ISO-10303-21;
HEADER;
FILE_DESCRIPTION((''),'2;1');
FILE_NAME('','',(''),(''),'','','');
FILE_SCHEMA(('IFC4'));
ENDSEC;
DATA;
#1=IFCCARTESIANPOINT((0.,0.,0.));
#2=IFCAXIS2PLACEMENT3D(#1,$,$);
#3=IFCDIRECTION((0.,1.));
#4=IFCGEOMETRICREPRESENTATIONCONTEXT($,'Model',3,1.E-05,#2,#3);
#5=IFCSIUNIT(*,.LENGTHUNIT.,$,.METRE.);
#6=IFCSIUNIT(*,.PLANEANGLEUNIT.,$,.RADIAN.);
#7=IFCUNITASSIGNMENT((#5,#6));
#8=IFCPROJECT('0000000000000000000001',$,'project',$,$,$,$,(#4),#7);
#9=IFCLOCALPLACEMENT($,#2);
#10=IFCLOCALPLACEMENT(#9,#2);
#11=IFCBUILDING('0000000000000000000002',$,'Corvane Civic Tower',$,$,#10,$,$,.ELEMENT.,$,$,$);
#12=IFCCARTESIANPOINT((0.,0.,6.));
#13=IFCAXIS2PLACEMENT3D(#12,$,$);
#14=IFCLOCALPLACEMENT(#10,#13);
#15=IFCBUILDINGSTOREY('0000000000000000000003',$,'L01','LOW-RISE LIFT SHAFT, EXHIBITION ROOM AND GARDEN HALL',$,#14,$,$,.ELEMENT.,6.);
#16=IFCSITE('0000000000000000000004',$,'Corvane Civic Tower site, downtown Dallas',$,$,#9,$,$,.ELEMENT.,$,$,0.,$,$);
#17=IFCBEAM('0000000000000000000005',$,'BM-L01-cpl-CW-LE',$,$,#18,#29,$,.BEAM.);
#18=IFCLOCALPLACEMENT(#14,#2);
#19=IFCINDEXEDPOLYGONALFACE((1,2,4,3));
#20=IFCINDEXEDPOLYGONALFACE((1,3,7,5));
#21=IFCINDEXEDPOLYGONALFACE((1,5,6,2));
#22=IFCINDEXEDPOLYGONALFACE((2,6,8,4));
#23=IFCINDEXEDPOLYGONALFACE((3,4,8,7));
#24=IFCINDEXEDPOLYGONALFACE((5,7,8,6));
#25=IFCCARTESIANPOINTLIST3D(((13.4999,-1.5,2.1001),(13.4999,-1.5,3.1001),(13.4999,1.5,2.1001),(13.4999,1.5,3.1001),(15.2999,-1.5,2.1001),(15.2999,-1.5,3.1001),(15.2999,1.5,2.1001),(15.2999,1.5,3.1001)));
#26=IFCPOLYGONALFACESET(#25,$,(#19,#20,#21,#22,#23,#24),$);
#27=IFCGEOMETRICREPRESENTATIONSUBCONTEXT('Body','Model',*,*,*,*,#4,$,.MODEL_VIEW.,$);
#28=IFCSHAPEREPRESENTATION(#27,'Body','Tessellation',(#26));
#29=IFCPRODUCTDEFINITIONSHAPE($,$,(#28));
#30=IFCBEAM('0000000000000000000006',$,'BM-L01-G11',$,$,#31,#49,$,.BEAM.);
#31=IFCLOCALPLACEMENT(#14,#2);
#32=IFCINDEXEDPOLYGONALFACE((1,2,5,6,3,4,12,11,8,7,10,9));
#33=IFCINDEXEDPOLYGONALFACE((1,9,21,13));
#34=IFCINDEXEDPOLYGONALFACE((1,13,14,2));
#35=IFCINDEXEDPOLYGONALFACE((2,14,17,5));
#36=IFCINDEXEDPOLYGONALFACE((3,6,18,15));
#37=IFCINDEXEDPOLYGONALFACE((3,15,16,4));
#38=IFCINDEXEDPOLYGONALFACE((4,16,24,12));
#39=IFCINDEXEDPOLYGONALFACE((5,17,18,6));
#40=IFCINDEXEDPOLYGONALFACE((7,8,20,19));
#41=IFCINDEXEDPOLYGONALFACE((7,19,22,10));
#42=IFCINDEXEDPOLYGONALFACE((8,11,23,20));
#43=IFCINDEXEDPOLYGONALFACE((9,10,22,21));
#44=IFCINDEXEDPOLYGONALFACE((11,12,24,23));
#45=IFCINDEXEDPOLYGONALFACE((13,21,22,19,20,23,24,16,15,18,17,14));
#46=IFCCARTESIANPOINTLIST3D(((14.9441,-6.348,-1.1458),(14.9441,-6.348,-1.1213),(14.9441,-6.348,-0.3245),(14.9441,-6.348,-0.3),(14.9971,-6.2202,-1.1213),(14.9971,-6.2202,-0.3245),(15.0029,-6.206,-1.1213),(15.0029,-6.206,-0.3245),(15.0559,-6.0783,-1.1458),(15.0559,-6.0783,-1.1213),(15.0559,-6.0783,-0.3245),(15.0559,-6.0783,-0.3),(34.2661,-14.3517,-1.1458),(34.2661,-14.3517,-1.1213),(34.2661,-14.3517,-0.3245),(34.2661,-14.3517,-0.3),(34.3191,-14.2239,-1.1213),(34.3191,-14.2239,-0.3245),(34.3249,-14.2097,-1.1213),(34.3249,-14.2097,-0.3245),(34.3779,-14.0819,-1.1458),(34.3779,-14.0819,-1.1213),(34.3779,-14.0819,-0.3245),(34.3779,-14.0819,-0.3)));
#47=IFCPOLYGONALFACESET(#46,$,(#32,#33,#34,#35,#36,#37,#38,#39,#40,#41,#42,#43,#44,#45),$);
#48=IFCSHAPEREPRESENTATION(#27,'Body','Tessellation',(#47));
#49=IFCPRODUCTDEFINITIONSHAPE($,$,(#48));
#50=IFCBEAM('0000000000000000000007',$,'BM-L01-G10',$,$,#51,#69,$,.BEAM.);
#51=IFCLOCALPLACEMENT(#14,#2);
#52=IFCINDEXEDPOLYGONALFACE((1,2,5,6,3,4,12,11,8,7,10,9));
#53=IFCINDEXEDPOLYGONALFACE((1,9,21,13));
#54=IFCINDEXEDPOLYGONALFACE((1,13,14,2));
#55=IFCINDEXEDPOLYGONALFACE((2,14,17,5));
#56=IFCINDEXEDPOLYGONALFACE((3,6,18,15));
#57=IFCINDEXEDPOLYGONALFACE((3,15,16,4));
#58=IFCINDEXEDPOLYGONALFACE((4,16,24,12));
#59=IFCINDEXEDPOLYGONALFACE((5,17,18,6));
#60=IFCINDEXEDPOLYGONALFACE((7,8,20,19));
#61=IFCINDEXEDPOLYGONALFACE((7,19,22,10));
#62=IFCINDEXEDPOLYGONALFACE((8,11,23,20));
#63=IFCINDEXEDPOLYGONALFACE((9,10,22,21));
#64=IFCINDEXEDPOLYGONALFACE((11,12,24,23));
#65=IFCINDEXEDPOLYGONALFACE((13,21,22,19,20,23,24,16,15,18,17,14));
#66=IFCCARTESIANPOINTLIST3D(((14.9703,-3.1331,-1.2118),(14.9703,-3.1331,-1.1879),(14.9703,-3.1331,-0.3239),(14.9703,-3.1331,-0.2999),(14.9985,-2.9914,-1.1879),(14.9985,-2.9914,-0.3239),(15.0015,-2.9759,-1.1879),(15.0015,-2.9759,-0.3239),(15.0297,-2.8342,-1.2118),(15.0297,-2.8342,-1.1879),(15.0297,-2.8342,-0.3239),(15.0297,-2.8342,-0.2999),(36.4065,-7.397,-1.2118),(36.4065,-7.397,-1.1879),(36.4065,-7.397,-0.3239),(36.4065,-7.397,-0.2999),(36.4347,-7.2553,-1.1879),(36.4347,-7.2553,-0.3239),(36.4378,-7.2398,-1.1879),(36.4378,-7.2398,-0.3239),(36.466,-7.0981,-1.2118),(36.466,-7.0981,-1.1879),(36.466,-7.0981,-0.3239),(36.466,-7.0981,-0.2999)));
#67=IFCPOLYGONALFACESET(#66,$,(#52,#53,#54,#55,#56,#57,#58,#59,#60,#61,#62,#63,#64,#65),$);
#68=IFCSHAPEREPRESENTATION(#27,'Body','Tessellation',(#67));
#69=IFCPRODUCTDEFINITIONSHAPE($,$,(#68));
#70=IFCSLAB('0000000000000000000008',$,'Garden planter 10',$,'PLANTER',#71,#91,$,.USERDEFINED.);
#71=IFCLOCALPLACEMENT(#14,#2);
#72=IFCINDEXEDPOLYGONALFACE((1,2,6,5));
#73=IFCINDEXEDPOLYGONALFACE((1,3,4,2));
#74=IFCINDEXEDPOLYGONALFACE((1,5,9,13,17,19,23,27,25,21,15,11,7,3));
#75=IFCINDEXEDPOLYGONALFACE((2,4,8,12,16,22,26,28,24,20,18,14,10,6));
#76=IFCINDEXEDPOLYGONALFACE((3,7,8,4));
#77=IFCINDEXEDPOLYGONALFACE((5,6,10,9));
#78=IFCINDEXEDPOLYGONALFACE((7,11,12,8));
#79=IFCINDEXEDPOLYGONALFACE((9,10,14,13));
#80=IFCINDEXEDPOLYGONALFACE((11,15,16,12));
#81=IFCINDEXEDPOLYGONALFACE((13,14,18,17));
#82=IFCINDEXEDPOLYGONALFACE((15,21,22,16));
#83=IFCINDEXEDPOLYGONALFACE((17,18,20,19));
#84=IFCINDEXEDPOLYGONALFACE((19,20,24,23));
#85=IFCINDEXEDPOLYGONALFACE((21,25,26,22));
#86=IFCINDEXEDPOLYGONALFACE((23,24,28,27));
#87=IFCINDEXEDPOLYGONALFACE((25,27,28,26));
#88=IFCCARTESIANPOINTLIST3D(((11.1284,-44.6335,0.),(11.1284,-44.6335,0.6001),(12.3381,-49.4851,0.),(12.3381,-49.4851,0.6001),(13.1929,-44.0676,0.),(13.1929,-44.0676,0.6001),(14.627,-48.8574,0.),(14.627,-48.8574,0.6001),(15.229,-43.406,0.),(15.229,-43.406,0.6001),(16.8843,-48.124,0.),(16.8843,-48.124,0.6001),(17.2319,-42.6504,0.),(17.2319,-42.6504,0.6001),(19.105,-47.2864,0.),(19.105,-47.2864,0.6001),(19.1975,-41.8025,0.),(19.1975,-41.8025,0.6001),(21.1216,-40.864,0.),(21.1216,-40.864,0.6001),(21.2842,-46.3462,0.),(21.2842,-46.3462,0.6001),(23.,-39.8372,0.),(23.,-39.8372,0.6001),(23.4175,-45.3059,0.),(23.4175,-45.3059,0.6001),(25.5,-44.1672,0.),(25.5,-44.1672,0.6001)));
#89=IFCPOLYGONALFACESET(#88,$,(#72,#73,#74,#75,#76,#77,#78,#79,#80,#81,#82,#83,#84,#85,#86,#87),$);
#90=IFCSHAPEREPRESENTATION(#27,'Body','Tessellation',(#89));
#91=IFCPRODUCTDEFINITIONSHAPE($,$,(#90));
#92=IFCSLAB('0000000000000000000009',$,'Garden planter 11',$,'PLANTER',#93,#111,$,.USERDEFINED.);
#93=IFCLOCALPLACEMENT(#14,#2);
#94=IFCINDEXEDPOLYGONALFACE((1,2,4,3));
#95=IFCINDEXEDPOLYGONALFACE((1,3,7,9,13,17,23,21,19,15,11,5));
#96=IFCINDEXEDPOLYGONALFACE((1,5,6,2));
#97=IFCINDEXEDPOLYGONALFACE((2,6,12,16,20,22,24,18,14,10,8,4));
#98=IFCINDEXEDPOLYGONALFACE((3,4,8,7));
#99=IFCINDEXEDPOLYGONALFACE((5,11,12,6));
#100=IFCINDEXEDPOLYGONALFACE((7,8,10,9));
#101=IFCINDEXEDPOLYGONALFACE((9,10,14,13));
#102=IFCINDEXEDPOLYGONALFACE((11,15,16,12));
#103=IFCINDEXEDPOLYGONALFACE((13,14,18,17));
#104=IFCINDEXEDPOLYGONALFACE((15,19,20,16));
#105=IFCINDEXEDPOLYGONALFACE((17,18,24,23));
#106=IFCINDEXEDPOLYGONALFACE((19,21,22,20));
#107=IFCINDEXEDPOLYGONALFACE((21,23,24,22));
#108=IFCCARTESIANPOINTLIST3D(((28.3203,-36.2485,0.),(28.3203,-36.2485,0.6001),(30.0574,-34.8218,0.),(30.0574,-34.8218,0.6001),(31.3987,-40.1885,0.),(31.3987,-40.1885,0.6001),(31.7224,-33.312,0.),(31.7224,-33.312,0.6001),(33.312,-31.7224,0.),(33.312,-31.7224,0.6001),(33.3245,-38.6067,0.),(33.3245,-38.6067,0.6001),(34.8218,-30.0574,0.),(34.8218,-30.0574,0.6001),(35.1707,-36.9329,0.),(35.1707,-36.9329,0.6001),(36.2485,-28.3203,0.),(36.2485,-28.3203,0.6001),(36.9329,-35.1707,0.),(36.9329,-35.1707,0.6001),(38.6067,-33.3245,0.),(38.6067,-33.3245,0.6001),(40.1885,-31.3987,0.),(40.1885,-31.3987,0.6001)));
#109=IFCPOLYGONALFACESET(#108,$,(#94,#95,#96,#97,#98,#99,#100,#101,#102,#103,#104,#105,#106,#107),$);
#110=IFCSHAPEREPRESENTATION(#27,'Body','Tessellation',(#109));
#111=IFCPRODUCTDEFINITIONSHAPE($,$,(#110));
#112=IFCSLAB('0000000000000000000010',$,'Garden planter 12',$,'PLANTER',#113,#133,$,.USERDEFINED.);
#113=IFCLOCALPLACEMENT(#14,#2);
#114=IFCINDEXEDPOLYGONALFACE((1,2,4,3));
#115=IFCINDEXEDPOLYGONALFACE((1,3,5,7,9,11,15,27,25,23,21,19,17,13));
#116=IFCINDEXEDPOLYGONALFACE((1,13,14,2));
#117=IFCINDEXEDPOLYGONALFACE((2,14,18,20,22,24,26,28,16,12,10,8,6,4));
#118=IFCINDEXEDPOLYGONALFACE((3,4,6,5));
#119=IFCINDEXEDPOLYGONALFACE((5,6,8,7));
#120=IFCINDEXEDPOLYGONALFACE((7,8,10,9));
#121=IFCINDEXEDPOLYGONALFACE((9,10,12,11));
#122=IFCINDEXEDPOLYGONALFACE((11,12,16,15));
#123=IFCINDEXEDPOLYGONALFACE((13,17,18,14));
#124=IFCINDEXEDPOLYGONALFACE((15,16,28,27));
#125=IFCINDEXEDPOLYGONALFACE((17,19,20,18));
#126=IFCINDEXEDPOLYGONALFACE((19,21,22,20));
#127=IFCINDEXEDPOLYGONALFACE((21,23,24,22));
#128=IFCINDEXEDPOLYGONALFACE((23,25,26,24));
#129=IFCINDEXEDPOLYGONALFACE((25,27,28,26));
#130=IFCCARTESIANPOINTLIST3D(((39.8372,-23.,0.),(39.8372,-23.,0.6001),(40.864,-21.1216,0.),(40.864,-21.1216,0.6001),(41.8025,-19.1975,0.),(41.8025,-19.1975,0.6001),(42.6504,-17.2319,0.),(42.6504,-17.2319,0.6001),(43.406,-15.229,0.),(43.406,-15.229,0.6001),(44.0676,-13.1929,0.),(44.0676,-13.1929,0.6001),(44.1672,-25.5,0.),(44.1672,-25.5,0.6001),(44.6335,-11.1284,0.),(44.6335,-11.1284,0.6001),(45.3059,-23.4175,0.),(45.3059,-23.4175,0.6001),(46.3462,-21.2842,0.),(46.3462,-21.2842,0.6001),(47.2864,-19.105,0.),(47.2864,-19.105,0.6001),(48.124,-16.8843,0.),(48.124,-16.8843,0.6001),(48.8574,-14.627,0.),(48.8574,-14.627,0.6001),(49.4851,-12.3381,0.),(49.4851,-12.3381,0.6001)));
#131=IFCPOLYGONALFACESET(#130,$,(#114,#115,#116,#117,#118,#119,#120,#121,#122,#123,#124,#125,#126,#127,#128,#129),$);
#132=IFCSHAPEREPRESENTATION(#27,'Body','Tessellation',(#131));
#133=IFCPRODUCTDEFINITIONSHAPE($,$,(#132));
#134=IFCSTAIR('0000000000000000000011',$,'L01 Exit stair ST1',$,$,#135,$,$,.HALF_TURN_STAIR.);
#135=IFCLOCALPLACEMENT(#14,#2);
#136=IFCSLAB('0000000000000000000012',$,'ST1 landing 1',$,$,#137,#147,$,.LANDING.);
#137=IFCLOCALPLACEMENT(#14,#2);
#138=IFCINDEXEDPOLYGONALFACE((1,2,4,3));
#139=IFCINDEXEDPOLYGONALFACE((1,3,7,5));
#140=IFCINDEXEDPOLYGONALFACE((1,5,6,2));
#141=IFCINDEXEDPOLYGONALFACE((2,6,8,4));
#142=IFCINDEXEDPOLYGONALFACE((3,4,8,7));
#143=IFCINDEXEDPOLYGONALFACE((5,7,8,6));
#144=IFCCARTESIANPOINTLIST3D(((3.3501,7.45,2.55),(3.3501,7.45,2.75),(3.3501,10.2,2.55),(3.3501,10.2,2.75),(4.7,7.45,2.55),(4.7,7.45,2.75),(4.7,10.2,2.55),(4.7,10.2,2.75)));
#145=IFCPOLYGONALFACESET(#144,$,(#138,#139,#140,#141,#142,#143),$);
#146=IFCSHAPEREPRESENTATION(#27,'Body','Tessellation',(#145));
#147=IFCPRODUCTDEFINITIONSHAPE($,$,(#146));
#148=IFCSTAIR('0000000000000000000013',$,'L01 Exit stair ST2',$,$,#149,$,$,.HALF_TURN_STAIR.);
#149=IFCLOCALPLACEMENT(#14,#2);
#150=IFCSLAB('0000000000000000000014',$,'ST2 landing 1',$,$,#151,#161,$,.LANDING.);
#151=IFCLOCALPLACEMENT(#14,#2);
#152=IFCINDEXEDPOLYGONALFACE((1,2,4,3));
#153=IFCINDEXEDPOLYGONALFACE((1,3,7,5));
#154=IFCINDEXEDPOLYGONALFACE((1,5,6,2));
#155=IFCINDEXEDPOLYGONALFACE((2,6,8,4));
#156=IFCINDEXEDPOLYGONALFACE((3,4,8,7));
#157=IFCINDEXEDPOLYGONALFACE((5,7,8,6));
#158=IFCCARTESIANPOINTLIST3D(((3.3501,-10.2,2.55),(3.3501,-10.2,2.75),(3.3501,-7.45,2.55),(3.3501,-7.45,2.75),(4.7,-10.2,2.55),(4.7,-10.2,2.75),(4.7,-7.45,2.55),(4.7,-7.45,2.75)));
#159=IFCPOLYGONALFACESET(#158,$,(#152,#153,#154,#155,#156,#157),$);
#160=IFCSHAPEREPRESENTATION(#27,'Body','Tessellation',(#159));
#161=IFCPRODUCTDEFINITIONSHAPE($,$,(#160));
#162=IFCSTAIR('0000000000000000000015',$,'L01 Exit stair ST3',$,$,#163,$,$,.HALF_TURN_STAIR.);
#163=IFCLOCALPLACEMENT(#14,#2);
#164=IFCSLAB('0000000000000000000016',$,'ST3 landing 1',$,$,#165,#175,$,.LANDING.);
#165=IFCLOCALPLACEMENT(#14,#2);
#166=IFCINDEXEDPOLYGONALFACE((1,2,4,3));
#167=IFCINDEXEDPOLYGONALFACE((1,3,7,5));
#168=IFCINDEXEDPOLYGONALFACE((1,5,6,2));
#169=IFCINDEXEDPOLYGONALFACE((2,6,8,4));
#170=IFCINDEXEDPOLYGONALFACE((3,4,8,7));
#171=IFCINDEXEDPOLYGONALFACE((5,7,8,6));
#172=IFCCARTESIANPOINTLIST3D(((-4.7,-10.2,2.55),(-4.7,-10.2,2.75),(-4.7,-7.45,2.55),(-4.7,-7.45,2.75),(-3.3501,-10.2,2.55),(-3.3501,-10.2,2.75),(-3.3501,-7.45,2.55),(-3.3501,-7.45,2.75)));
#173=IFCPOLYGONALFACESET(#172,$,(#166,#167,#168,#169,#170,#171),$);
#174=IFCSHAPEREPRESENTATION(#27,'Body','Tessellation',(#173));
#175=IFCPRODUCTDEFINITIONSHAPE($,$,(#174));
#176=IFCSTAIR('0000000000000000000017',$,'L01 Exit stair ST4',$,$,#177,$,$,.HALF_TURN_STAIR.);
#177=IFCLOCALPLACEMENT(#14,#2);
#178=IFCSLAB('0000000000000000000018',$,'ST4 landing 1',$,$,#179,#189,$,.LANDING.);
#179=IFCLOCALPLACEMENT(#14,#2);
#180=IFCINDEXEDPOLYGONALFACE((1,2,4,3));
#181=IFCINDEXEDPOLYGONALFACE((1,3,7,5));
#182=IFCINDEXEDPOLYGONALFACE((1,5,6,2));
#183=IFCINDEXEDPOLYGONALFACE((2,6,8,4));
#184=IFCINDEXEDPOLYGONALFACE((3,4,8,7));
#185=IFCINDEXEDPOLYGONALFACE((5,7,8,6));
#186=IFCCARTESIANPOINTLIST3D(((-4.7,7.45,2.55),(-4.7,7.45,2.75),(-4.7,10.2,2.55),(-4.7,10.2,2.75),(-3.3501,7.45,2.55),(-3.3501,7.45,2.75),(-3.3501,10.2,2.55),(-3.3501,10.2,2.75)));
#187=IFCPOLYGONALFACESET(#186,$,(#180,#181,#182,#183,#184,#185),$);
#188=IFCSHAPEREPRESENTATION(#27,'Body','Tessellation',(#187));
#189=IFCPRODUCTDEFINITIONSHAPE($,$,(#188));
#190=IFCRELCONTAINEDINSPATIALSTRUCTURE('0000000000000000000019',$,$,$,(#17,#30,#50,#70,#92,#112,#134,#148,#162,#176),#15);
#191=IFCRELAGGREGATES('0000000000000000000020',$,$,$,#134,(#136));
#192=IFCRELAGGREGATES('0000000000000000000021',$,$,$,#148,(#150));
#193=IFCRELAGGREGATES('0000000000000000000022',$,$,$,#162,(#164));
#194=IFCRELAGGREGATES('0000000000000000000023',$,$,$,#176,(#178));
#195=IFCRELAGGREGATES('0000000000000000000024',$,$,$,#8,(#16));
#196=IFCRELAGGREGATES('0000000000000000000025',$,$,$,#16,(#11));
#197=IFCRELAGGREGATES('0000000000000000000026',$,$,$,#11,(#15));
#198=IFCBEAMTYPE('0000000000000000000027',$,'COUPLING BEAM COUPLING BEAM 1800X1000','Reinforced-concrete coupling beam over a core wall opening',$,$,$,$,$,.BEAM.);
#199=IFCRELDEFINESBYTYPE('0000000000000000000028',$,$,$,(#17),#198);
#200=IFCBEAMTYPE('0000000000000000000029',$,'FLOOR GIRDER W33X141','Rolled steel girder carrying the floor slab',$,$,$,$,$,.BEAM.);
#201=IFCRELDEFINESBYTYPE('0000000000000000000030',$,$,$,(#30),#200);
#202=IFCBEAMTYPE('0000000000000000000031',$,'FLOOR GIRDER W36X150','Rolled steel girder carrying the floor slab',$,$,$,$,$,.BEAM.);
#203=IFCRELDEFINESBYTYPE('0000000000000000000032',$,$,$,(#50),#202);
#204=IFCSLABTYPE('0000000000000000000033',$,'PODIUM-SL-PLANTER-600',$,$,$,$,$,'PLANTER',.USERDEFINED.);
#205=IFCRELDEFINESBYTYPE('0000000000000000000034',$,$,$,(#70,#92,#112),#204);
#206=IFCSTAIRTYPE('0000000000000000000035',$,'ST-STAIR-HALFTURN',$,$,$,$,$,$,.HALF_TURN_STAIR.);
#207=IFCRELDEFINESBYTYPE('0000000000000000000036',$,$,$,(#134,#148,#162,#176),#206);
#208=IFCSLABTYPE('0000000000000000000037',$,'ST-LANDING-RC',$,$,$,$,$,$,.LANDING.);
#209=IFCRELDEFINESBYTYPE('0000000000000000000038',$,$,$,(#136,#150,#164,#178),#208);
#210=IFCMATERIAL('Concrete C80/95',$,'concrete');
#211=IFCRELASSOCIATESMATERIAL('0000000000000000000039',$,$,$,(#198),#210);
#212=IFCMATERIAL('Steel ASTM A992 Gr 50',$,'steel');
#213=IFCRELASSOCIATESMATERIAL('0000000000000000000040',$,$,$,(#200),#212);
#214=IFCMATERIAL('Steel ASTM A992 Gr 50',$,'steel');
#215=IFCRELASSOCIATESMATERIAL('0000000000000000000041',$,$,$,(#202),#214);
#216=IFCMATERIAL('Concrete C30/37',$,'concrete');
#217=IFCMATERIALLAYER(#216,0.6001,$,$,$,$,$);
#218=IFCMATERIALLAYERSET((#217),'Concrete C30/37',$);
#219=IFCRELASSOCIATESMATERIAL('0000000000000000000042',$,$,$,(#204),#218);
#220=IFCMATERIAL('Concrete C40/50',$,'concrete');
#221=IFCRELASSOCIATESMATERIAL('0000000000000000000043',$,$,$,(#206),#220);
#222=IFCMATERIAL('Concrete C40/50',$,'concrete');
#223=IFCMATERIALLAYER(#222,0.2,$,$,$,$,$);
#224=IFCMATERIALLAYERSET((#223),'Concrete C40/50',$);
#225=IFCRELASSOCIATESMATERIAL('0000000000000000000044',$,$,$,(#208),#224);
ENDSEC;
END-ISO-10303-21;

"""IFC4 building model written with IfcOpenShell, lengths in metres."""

from ifc_helpers import new_model, si_unit, direction, frame, origin, origin_2d, place, context, subcontext, project, spatial, polyline, rectangle, i_section, outline, extrude, material, layer, layer_set, material_profile, profile_set, type_object, element, aggregate, save


model = new_model("IFC4")

# Units and contexts
model_context = context("Model", 3, precision=1e-05, world=origin(), true_north=direction((0.0, 1.0)))
body_context = subcontext(model_context, "Body", "Model", "MODEL_VIEW")
ifc_project = project(units=[si_unit("LENGTHUNIT", "METRE"), si_unit("PLANEANGLEUNIT", "RADIAN")], contexts=[model_context])

# Site, building, storey
site_placement = place(None, origin())
site = spatial("IfcSite", under=ifc_project, at=site_placement, Name="Corvane Civic Tower site, downtown Dallas", CompositionType="ELEMENT", RefElevation=0.0)
building_placement = place(site_placement, origin())
building = spatial("IfcBuilding", under=site, at=building_placement, Name="Corvane Civic Tower", CompositionType="ELEMENT")
storey_placement = place(building_placement, frame((0.0, 0.0, 6.0)))
storey = spatial("IfcBuildingStorey", under=building, at=storey_placement, Name="L01", Description="LOW-RISE LIFT SHAFT, EXHIBITION ROOM AND GARDEN HALL", CompositionType="ELEMENT", Elevation=6.0)

# Beams
ifc_material_1 = material(Name="Concrete C80/95", Category="concrete")
ifc_material_profile_1 = material_profile(ifc_material_1, rectangle(XDim=1.8, YDim=1.0, at=origin_2d()), Name="COUPLING BEAM 1800X1000")
ifc_profile_set_1 = profile_set([ifc_material_profile_1], Name="Concrete C80/95")
beam_type_1 = type_object("IfcBeamType", Name="COUPLING BEAM COUPLING BEAM 1800X1000", Description="Reinforced-concrete coupling beam over a core wall opening", PredefinedType="BEAM", material=ifc_profile_set_1)
beam_1_placement = place(storey_placement, frame((14.3999, -1.5, 2.6001), z_axis=(0.0, 1.0, 0.0), x_axis=(-1.0, 0.0, 0.0)))
element("IfcBeam", 1, at=beam_1_placement, inside=storey, type_object=beam_type_1, Name="BM-L01-cpl-CW-LE", PredefinedType="BEAM", context=body_context, shape_type="SweptSolid", body=[
    extrude(rectangle(XDim=1.8, YDim=1.0, at=origin_2d()), origin(), (0.0, 0.0, 1.0), 3.0),
])
ifc_material_2 = material(Name="Steel ASTM A992 Gr 50", Category="steel")
ifc_material_profile_2 = material_profile(ifc_material_2, i_section(OverallWidth=0.292, OverallDepth=0.8457, WebThickness=0.0154, FlangeThickness=0.0244, at=origin_2d()), Name="W33X141")
ifc_profile_set_2 = profile_set([ifc_material_profile_2], Name="Steel ASTM A992 Gr 50")
beam_type_2 = type_object("IfcBeamType", Name="FLOOR GIRDER W33X141", Description="Rolled steel girder carrying the floor slab", PredefinedType="BEAM", material=ifc_profile_set_2)
beam_2_placement = place(storey_placement, frame((15.0, -6.2131, -0.7229), z_axis=(0.923876, -0.382692, 0.0), x_axis=(0.382692, 0.923876, 0.0)))
element("IfcBeam", 2, at=beam_2_placement, inside=storey, type_object=beam_type_2, Name="BM-L01-G11", PredefinedType="BEAM", context=body_context, shape_type="SweptSolid", body=[
    extrude(i_section(OverallWidth=0.292, OverallDepth=0.8457, WebThickness=0.0154, FlangeThickness=0.0244, at=origin_2d()), origin(), (0.0, 0.0, 1.0), 20.9141),
])
ifc_material_3 = material(Name="Steel ASTM A992 Gr 50", Category="steel")
ifc_material_profile_3 = material_profile(ifc_material_3, i_section(OverallWidth=0.3047, OverallDepth=0.9119, WebThickness=0.0159, FlangeThickness=0.0239, at=origin_2d()), Name="W36X150")
ifc_profile_set_3 = profile_set([ifc_material_profile_3], Name="Steel ASTM A992 Gr 50")
beam_type_3 = type_object("IfcBeamType", Name="FLOOR GIRDER W36X150", Description="Rolled steel girder carrying the floor slab", PredefinedType="BEAM", material=ifc_profile_set_3)
beam_3_placement = place(storey_placement, frame((15.0, -2.9836, -0.7559), z_axis=(0.980785, -0.195089, 0.0), x_axis=(0.195089, 0.980785, 0.0)))
element("IfcBeam", 3, at=beam_3_placement, inside=storey, type_object=beam_type_3, Name="BM-L01-G10", PredefinedType="BEAM", context=body_context, shape_type="SweptSolid", body=[
    extrude(i_section(OverallWidth=0.3047, OverallDepth=0.9119, WebThickness=0.0159, FlangeThickness=0.0239, at=origin_2d()), origin(), (0.0, 0.0, 1.0), 21.8562),
])

# Slabs
ifc_material_4 = material(Name="Concrete C30/37", Category="concrete")
ifc_layer_1 = layer(ifc_material_4, 0.6001)
ifc_layer_set_1 = layer_set([ifc_layer_1], Name="Concrete C30/37")
slab_type_1 = type_object("IfcSlabType", Name="PODIUM-SL-PLANTER-600", ElementType="PLANTER", PredefinedType="USERDEFINED", material=ifc_layer_set_1)
slab_1_placement = place(storey_placement, origin())
element("IfcSlab", 4, at=slab_1_placement, inside=storey, type_object=slab_type_1, Name="Garden planter 10", ObjectType="PLANTER", PredefinedType="USERDEFINED", context=body_context, shape_type="SweptSolid", body=[
    extrude(outline(polyline([(12.3381, -49.4851), (14.627, -48.8574), (16.8843, -48.124), (19.105, -47.2864), (21.2842, -46.3462), (23.4175, -45.3059), (25.5, -44.1672), (23.0, -39.8372), (21.1216, -40.864), (19.1975, -41.8025), (17.2319, -42.6504), (15.229, -43.406), (13.1929, -44.0676), (11.1284, -44.6335), (12.3381, -49.4851)])), origin(), (0.0, 0.0, 1.0), 0.6001),
])
slab_2_placement = place(storey_placement, origin())
element("IfcSlab", 5, at=slab_2_placement, inside=storey, type_object=slab_type_1, Name="Garden planter 11", ObjectType="PLANTER", PredefinedType="USERDEFINED", context=body_context, shape_type="SweptSolid", body=[
    extrude(outline(polyline([(31.3987, -40.1885), (33.3245, -38.6067), (35.1707, -36.9329), (36.9329, -35.1707), (38.6067, -33.3245), (40.1885, -31.3987), (36.2485, -28.3203), (34.8218, -30.0574), (33.312, -31.7224), (31.7224, -33.312), (30.0574, -34.8218), (28.3203, -36.2485), (31.3987, -40.1885)])), origin(), (0.0, 0.0, 1.0), 0.6001),
])
slab_3_placement = place(storey_placement, origin())
element("IfcSlab", 6, at=slab_3_placement, inside=storey, type_object=slab_type_1, Name="Garden planter 12", ObjectType="PLANTER", PredefinedType="USERDEFINED", context=body_context, shape_type="SweptSolid", body=[
    extrude(outline(polyline([(44.1672, -25.5), (45.3059, -23.4175), (46.3462, -21.2842), (47.2864, -19.105), (48.124, -16.8843), (48.8574, -14.627), (49.4851, -12.3381), (44.6335, -11.1284), (44.0676, -13.1929), (43.406, -15.229), (42.6504, -17.2319), (41.8025, -19.1975), (40.864, -21.1216), (39.8372, -23.0), (44.1672, -25.5)])), origin(), (0.0, 0.0, 1.0), 0.6001),
])

# Stairs, slabs
ifc_material_5 = material(Name="Concrete C40/50", Category="concrete")
stair_type = type_object("IfcStairType", Name="ST-STAIR-HALFTURN", PredefinedType="HALF_TURN_STAIR", material=ifc_material_5)
stair_1_placement = place(storey_placement, origin())
stair_1 = element("IfcStair", 7, at=stair_1_placement, inside=storey, type_object=stair_type, Name="L01 Exit stair ST1", PredefinedType="HALF_TURN_STAIR")
ifc_material_6 = material(Name="Concrete C40/50", Category="concrete")
ifc_layer_2 = layer(ifc_material_6, 0.2)
ifc_layer_set_2 = layer_set([ifc_layer_2], Name="Concrete C40/50")
slab_type_2 = type_object("IfcSlabType", Name="ST-LANDING-RC", PredefinedType="LANDING", material=ifc_layer_set_2)
slab_4_placement = place(storey_placement, frame((0.0, 0.0, 2.55)))
slab_4 = element("IfcSlab", 8, at=slab_4_placement, type_object=slab_type_2, Name="ST1 landing 1", PredefinedType="LANDING", context=body_context, shape_type="SweptSolid", body=[
    extrude(outline(polyline([(4.7, 10.2), (3.3501, 10.2), (3.3501, 7.45), (4.7, 7.45), (4.7, 10.2)])), origin(), (0.0, 0.0, 1.0), 0.2),
])
aggregate(stair_1, [slab_4])
stair_2_placement = place(storey_placement, origin())
stair_2 = element("IfcStair", 9, at=stair_2_placement, inside=storey, type_object=stair_type, Name="L01 Exit stair ST2", PredefinedType="HALF_TURN_STAIR")
slab_5_placement = place(storey_placement, frame((0.0, 0.0, 2.55)))
slab_5 = element("IfcSlab", 10, at=slab_5_placement, type_object=slab_type_2, Name="ST2 landing 1", PredefinedType="LANDING", context=body_context, shape_type="SweptSolid", body=[
    extrude(outline(polyline([(4.7, -7.45), (3.3501, -7.45), (3.3501, -10.2), (4.7, -10.2), (4.7, -7.45)])), origin(), (0.0, 0.0, 1.0), 0.2),
])
aggregate(stair_2, [slab_5])
stair_3_placement = place(storey_placement, origin())
stair_3 = element("IfcStair", 11, at=stair_3_placement, inside=storey, type_object=stair_type, Name="L01 Exit stair ST3", PredefinedType="HALF_TURN_STAIR")
slab_6_placement = place(storey_placement, frame((0.0, 0.0, 2.55)))
slab_6 = element("IfcSlab", 12, at=slab_6_placement, type_object=slab_type_2, Name="ST3 landing 1", PredefinedType="LANDING", context=body_context, shape_type="SweptSolid", body=[
    extrude(outline(polyline([(-4.7, -10.2), (-3.3501, -10.2), (-3.3501, -7.45), (-4.7, -7.45), (-4.7, -10.2)])), origin(), (0.0, 0.0, 1.0), 0.2),
])
aggregate(stair_3, [slab_6])
stair_4_placement = place(storey_placement, origin())
stair_4 = element("IfcStair", 13, at=stair_4_placement, inside=storey, type_object=stair_type, Name="L01 Exit stair ST4", PredefinedType="HALF_TURN_STAIR")
slab_7_placement = place(storey_placement, frame((0.0, 0.0, 2.55)))
slab_7 = element("IfcSlab", 14, at=slab_7_placement, type_object=slab_type_2, Name="ST4 landing 1", PredefinedType="LANDING", context=body_context, shape_type="SweptSolid", body=[
    extrude(outline(polyline([(-4.7, 7.45), (-3.3501, 7.45), (-3.3501, 10.2), (-4.7, 10.2), (-4.7, 7.45)])), origin(), (0.0, 0.0, 1.0), 0.2),
])
aggregate(stair_4, [slab_7])

save(model, "model.ifc")
